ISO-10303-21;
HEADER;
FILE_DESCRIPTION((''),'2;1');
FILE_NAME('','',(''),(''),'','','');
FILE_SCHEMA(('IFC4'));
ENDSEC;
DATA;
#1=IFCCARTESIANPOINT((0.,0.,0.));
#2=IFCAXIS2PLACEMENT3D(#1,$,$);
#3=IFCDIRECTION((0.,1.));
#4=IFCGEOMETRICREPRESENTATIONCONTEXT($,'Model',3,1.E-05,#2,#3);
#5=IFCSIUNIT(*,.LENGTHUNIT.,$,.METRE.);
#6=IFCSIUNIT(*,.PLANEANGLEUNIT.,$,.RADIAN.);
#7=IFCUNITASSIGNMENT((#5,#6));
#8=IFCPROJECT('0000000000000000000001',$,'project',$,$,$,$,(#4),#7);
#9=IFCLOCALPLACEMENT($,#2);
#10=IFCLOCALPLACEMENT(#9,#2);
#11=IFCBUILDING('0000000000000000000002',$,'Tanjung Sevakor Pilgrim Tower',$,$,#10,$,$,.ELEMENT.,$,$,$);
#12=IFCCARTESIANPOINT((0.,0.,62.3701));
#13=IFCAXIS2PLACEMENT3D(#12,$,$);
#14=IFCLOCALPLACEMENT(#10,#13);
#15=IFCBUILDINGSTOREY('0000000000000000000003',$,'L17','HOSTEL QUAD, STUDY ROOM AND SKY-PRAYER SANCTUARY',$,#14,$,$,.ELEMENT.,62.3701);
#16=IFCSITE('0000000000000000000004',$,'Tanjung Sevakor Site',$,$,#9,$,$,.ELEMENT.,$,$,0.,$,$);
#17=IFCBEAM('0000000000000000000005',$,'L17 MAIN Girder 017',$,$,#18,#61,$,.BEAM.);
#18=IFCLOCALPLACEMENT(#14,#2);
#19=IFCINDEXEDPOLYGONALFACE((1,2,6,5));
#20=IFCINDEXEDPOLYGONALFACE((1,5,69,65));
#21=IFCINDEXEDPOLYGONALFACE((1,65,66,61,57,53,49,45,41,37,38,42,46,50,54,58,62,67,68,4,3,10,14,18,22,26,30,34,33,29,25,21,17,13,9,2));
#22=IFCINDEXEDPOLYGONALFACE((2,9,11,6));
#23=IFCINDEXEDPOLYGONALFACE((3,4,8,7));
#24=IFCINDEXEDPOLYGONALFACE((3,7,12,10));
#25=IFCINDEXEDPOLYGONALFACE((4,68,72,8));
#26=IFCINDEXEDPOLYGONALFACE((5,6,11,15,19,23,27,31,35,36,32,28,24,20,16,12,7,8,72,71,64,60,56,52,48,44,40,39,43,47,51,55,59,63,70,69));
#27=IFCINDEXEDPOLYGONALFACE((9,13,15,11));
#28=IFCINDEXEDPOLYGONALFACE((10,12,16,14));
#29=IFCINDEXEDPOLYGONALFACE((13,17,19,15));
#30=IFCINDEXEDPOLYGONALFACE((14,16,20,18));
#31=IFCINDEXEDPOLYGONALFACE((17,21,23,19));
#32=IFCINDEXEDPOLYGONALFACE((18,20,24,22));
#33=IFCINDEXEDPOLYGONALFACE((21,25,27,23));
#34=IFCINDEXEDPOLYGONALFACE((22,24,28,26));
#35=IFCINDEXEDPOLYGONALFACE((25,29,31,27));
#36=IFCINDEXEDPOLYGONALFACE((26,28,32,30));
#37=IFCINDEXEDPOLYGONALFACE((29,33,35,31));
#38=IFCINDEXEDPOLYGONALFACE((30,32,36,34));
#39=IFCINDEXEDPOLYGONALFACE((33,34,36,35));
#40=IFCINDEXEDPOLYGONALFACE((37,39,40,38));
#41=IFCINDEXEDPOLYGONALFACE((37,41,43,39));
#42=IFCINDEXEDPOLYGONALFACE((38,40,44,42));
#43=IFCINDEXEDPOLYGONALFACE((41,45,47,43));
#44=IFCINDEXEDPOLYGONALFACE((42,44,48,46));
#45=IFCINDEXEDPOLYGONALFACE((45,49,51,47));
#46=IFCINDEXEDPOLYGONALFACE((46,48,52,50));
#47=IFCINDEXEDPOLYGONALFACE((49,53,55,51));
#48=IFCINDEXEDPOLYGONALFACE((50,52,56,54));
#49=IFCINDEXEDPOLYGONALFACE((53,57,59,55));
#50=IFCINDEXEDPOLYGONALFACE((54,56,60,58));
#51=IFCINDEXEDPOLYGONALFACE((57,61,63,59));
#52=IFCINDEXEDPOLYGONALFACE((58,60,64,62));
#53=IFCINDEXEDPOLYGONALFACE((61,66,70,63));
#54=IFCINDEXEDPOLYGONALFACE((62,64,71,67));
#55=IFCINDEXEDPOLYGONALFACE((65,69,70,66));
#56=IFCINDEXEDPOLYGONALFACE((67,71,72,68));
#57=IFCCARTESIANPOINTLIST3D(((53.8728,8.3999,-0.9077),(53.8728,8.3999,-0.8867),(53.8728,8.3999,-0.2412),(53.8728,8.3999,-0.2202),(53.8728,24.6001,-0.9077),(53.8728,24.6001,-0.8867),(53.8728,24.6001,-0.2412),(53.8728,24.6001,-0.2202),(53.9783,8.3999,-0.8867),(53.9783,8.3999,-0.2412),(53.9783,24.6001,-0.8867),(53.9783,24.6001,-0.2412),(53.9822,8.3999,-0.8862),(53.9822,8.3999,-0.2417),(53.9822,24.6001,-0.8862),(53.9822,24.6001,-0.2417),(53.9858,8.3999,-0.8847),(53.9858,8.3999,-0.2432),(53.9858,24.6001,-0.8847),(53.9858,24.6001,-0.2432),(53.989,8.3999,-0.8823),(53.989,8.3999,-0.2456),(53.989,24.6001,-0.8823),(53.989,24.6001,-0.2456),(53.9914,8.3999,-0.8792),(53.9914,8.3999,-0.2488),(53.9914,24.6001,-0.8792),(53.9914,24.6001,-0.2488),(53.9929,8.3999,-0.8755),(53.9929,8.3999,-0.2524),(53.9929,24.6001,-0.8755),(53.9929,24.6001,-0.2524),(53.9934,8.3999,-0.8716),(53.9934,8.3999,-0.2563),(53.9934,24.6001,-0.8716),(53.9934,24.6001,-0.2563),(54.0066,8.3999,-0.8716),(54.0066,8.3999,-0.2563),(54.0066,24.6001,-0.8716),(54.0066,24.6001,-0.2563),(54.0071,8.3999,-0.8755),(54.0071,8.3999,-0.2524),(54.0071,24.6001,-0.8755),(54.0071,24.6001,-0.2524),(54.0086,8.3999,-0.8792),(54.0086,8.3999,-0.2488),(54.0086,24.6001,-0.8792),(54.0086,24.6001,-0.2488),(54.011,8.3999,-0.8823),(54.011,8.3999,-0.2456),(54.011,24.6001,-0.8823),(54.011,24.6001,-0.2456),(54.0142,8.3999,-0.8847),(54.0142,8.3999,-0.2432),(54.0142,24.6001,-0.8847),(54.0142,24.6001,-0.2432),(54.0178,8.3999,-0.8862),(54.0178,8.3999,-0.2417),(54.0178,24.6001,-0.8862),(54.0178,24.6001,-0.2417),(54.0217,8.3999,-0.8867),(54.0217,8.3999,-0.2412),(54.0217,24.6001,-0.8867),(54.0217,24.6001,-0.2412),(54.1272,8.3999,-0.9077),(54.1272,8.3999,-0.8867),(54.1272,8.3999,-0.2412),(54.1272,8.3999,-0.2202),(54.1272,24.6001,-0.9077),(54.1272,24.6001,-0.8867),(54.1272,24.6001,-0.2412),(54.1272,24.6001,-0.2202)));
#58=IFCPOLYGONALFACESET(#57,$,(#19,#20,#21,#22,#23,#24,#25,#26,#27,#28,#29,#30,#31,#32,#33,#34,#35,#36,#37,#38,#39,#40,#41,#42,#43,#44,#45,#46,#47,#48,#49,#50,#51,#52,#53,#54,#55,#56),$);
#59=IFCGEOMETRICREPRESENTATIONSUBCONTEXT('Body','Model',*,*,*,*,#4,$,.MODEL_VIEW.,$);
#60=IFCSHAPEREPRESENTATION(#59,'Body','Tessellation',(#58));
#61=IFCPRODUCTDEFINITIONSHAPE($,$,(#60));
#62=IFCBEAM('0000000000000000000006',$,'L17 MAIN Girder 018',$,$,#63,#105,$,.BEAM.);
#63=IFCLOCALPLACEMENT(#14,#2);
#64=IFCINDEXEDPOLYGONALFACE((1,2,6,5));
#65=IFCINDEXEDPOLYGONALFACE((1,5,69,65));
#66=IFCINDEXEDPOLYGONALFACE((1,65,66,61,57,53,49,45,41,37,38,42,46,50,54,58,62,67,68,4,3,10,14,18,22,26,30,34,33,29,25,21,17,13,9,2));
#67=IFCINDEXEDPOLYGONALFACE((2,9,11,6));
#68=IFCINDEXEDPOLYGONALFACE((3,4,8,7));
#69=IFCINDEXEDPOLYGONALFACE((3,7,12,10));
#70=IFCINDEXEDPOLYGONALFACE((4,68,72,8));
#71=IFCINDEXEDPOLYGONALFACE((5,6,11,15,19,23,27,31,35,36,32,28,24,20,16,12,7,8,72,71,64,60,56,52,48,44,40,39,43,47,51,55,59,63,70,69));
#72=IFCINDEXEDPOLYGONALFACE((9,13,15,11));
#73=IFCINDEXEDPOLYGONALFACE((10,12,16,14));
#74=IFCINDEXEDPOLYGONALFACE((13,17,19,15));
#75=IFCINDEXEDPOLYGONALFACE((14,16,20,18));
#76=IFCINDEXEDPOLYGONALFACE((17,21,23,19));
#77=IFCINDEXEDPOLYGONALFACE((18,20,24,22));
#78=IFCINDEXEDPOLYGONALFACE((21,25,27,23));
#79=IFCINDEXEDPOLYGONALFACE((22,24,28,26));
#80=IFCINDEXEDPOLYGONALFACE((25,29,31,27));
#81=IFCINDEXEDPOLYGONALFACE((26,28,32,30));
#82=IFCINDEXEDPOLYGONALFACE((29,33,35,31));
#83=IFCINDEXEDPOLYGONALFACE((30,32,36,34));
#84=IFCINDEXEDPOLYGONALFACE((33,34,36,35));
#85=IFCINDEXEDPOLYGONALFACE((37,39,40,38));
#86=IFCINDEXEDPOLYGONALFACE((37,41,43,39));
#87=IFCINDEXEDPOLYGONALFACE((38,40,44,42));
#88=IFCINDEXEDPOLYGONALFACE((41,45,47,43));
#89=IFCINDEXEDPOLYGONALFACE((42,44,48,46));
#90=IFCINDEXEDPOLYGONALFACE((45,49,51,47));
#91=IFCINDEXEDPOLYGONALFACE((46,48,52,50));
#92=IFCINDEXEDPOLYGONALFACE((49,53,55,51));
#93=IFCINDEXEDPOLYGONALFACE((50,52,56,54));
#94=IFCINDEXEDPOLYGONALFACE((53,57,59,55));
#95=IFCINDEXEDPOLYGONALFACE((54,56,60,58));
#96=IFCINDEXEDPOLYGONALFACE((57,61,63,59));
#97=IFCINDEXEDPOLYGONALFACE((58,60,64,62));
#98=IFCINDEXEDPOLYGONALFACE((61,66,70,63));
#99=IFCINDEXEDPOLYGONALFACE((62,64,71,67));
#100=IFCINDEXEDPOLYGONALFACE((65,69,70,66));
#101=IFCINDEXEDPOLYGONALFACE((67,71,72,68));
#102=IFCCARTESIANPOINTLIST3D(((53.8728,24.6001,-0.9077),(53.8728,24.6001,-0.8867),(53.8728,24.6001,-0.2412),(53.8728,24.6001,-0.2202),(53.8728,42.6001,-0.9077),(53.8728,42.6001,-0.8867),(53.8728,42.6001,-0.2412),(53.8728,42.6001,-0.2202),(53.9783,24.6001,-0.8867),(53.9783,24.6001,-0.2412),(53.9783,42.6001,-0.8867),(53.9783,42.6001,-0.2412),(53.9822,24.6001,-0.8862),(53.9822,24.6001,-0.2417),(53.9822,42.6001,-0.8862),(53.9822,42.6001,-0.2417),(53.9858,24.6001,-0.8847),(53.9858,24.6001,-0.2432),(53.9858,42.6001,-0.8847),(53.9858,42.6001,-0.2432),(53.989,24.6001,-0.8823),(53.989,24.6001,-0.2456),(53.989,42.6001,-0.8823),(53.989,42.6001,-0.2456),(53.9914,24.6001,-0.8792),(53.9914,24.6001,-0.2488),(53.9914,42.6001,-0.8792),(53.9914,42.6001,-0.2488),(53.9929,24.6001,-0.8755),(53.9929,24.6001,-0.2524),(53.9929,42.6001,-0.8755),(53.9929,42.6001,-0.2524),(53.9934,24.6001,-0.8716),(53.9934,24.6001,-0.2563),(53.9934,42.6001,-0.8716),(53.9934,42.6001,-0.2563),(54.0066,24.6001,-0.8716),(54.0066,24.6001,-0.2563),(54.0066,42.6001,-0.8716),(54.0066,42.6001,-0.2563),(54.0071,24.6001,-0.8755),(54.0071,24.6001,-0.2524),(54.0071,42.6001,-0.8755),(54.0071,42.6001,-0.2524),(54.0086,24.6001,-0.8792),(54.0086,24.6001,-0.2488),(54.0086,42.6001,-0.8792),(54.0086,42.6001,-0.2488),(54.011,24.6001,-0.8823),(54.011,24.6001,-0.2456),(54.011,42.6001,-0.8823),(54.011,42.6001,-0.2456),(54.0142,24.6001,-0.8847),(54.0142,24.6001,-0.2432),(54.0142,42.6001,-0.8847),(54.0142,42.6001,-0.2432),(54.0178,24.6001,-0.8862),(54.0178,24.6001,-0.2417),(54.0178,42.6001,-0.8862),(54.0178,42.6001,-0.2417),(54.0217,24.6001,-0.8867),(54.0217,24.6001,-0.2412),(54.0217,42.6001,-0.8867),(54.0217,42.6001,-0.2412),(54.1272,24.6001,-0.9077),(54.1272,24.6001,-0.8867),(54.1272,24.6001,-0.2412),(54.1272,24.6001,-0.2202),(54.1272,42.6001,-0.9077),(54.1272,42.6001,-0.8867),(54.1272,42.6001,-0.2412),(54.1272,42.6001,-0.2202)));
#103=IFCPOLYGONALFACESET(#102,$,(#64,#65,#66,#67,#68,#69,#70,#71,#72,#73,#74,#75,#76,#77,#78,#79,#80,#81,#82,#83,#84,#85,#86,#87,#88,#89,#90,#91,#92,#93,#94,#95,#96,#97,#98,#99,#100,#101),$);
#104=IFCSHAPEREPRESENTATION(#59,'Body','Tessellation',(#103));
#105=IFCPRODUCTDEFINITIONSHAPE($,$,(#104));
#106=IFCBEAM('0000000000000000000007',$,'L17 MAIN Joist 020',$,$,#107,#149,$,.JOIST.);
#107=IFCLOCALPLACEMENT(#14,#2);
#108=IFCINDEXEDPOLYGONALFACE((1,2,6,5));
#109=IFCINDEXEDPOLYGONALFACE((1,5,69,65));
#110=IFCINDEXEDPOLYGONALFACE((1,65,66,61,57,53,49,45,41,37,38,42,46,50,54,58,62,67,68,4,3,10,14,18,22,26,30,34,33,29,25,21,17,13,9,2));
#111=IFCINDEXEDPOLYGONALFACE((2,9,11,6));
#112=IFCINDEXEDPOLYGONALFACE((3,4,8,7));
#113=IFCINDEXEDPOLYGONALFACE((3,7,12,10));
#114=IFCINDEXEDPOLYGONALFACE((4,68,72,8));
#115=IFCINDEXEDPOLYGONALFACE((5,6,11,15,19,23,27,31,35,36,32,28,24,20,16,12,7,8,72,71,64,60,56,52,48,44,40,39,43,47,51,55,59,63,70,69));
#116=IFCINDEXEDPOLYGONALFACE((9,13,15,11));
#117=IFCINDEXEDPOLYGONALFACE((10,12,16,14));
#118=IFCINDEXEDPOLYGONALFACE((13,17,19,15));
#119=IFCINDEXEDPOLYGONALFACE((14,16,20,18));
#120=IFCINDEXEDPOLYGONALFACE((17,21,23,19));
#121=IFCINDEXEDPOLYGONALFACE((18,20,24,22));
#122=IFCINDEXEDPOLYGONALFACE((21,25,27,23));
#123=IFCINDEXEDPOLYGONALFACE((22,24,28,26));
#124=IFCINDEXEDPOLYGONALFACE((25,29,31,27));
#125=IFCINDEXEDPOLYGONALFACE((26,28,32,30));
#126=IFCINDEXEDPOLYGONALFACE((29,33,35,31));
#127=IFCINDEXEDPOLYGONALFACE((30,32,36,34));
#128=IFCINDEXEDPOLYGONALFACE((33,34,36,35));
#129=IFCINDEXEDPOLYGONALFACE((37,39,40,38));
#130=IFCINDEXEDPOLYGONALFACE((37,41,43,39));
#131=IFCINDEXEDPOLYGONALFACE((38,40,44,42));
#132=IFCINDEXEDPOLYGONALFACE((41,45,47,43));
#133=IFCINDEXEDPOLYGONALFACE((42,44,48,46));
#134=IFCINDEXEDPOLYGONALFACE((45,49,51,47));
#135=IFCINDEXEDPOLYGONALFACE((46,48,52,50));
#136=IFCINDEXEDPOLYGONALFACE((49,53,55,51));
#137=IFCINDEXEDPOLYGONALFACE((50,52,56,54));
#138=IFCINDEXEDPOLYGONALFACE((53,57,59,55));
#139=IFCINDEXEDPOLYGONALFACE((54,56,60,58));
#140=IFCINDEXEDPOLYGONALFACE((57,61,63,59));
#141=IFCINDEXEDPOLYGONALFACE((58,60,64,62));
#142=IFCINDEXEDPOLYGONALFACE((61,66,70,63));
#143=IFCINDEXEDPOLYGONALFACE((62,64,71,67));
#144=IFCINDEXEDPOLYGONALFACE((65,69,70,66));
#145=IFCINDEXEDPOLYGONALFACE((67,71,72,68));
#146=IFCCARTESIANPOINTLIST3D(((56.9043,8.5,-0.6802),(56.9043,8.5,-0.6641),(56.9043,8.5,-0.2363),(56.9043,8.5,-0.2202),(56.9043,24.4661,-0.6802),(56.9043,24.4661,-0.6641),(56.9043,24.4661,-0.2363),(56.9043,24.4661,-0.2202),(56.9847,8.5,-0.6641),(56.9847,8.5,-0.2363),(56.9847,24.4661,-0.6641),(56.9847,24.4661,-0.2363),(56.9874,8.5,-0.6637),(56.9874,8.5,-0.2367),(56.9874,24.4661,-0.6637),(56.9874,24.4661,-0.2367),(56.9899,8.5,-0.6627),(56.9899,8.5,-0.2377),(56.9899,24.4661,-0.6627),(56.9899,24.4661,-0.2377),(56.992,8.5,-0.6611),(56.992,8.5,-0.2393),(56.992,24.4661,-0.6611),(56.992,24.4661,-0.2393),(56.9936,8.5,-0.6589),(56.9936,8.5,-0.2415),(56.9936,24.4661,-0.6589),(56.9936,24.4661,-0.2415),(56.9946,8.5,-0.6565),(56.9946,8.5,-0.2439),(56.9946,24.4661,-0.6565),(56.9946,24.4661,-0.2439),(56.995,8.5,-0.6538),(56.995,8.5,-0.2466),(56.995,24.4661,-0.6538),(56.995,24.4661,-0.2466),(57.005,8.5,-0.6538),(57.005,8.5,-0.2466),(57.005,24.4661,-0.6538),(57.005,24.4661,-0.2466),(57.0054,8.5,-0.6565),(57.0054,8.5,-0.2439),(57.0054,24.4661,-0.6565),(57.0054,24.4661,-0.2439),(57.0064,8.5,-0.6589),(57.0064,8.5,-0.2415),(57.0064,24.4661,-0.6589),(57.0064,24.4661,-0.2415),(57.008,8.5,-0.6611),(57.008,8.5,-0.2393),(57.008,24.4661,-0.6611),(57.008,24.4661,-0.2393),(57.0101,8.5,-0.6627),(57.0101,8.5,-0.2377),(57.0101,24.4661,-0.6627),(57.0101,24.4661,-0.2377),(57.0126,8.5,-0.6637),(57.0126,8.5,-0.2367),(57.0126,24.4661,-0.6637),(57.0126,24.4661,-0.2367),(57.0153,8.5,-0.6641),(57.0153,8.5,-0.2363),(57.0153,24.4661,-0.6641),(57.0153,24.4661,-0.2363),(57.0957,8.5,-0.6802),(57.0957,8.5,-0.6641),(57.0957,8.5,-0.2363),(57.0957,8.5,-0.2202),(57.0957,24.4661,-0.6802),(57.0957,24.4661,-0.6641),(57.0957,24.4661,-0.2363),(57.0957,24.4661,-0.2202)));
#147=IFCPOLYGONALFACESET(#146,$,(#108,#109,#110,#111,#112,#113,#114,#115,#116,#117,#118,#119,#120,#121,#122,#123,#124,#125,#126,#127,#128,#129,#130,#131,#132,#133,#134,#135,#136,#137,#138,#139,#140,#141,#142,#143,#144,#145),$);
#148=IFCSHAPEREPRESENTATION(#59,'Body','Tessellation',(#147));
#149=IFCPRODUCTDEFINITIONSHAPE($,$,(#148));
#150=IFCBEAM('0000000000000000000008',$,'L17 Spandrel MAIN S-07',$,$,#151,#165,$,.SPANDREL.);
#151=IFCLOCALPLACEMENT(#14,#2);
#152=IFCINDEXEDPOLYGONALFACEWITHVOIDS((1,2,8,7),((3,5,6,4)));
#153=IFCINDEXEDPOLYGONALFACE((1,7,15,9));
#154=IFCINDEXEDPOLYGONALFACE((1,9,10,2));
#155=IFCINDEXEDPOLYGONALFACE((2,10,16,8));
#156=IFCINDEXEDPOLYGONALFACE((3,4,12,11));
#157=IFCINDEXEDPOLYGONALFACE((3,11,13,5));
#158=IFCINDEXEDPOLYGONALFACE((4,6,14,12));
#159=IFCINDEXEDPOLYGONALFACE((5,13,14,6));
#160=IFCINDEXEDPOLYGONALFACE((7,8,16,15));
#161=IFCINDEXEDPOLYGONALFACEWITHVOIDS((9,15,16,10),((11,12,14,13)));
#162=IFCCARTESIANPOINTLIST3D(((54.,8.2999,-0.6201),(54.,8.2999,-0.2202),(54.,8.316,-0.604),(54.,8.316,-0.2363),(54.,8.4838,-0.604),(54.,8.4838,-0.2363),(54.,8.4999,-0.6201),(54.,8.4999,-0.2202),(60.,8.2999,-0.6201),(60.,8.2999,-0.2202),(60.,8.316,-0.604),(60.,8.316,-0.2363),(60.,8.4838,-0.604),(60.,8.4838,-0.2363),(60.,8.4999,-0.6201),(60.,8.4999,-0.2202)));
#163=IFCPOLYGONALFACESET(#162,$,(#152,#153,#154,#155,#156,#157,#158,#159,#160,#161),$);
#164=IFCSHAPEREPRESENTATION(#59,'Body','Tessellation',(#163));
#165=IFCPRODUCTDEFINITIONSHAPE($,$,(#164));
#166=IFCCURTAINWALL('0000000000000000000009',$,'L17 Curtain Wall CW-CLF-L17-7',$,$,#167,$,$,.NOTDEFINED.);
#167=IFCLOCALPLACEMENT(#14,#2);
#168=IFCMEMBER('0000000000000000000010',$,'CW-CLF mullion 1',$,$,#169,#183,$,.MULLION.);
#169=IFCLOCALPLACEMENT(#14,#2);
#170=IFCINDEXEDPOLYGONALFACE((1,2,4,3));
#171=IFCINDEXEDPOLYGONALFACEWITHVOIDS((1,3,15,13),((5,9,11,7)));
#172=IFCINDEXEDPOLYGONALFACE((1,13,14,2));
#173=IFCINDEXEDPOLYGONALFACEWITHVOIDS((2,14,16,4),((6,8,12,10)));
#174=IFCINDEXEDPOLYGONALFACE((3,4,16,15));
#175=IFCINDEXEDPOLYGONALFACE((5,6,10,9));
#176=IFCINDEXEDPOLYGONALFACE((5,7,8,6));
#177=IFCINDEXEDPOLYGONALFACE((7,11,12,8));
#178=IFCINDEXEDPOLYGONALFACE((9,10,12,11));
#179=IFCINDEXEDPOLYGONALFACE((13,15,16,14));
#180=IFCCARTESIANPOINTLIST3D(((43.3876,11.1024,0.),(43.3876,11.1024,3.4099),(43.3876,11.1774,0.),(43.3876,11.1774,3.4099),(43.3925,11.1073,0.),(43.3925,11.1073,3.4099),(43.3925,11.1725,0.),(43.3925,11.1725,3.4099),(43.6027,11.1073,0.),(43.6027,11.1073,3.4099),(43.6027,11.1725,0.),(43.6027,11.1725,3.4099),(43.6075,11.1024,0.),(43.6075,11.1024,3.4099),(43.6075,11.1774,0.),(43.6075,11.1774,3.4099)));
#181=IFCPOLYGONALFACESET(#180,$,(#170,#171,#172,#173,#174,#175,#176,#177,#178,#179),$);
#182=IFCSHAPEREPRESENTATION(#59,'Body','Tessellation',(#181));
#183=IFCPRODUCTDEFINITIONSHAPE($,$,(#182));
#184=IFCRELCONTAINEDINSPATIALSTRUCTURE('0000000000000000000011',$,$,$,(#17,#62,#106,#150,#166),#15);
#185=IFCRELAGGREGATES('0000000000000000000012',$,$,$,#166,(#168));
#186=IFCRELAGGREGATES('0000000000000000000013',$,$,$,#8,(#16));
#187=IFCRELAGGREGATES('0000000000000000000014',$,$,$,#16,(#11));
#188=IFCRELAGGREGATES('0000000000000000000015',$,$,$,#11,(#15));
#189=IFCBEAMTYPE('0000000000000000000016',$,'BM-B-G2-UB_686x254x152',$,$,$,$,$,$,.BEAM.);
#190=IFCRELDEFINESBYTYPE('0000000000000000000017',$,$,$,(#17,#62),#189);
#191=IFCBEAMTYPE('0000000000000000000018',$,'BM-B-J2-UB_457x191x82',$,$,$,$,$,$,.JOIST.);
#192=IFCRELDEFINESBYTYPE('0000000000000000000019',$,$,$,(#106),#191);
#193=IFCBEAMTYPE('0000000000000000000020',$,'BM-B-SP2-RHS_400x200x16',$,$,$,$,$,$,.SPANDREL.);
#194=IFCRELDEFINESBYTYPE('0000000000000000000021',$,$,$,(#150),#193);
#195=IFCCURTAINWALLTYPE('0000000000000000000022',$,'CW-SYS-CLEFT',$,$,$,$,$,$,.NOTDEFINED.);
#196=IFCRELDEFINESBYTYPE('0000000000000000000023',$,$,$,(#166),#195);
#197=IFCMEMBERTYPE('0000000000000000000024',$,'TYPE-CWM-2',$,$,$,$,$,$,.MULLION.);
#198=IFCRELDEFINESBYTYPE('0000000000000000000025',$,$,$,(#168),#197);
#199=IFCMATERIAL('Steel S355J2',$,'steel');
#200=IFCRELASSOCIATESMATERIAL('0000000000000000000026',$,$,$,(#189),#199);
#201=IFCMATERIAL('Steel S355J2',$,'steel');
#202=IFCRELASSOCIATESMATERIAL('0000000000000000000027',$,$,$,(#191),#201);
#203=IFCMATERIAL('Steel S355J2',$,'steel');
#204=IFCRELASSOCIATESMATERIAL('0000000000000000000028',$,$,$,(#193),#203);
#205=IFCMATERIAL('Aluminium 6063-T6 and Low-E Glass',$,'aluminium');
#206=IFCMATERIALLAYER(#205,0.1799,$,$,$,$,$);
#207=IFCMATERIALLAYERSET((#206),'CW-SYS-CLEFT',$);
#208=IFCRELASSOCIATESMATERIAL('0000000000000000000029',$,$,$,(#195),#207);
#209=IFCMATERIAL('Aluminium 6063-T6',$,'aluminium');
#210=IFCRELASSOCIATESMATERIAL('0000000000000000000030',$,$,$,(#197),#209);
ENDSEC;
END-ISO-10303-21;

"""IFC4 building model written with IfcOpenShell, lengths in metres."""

from ifc_helpers import new_model, si_unit, direction, frame, origin, origin_2d, place, context, subcontext, project, spatial, hollow_rectangle, i_section, extrude, material, layer, layer_set, material_profile, profile_set, type_object, element, aggregate, save


model = new_model("IFC4")

# Units and contexts
model_context = context("Model", 3, precision=1e-05, world=origin(), true_north=direction((0.0, 1.0)))
body_context = subcontext(model_context, "Body", "Model", "MODEL_VIEW")
ifc_project = project(units=[si_unit("LENGTHUNIT", "METRE"), si_unit("PLANEANGLEUNIT", "RADIAN")], contexts=[model_context])

# Site, building, storey
site_placement = place(None, origin())
site = spatial("IfcSite", under=ifc_project, at=site_placement, Name="Tanjung Sevakor Site", CompositionType="ELEMENT", RefElevation=0.0)
building_placement = place(site_placement, origin())
building = spatial("IfcBuilding", under=site, at=building_placement, Name="Tanjung Sevakor Pilgrim Tower", CompositionType="ELEMENT")
storey_placement = place(building_placement, frame((0.0, 0.0, 62.3701)))
storey = spatial("IfcBuildingStorey", under=building, at=storey_placement, Name="L17", Description="HOSTEL QUAD, STUDY ROOM AND SKY-PRAYER SANCTUARY", CompositionType="ELEMENT", Elevation=62.3701)

# Beams
ifc_material_1 = material(Name="Steel S355J2", Category="steel")
ifc_material_profile_1 = material_profile(ifc_material_1, i_section(OverallWidth=0.2544, OverallDepth=0.6875, WebThickness=0.0132, FlangeThickness=0.021, FilletRadius=0.0151, at=origin_2d()))
ifc_profile_set_1 = profile_set([ifc_material_profile_1], Name="Steel S355J2")
beam_type_1 = type_object("IfcBeamType", Name="BM-B-G2-UB_686x254x152", PredefinedType="BEAM", material=ifc_profile_set_1)
beam_1_placement = place(storey_placement, frame((54.0, 8.3999, -0.564), z_axis=(0.0, 1.0, 0.0), x_axis=(-1.0, 0.0, 0.0)))
element("IfcBeam", 1, at=beam_1_placement, inside=storey, type_object=beam_type_1, Name="L17 MAIN Girder 017", PredefinedType="BEAM", context=body_context, shape_type="SweptSolid", body=[
    extrude(i_section(OverallWidth=0.2544, OverallDepth=0.6875, WebThickness=0.0132, FlangeThickness=0.021, FilletRadius=0.0151, at=origin_2d()), origin(), (0.0, 0.0, 1.0), 16.2002),
])
beam_2_placement = place(storey_placement, frame((54.0, 24.6001, -0.564), z_axis=(0.0, 1.0, 0.0), x_axis=(-1.0, 0.0, 0.0)))
element("IfcBeam", 2, at=beam_2_placement, inside=storey, type_object=beam_type_1, Name="L17 MAIN Girder 018", PredefinedType="BEAM", context=body_context, shape_type="SweptSolid", body=[
    extrude(i_section(OverallWidth=0.2544, OverallDepth=0.6875, WebThickness=0.0132, FlangeThickness=0.021, FilletRadius=0.0151, at=origin_2d()), origin(), (0.0, 0.0, 1.0), 18.0),
])
ifc_material_2 = material(Name="Steel S355J2", Category="steel")
ifc_material_profile_2 = material_profile(ifc_material_2, i_section(OverallWidth=0.1914, OverallDepth=0.46, WebThickness=0.01, FlangeThickness=0.0161, FilletRadius=0.0103, at=origin_2d()))
ifc_profile_set_2 = profile_set([ifc_material_profile_2], Name="Steel S355J2")
beam_type_2 = type_object("IfcBeamType", Name="BM-B-J2-UB_457x191x82", PredefinedType="JOIST", material=ifc_profile_set_2)
beam_3_placement = place(storey_placement, frame((57.0, 8.5, -0.4502), z_axis=(0.0, 1.0, 0.0), x_axis=(-1.0, 0.0, 0.0)))
element("IfcBeam", 3, at=beam_3_placement, inside=storey, type_object=beam_type_2, Name="L17 MAIN Joist 020", PredefinedType="JOIST", context=body_context, shape_type="SweptSolid", body=[
    extrude(i_section(OverallWidth=0.1914, OverallDepth=0.46, WebThickness=0.01, FlangeThickness=0.0161, FilletRadius=0.0103, at=origin_2d()), origin(), (0.0, 0.0, 1.0), 15.9661),
])
ifc_material_3 = material(Name="Steel S355J2", Category="steel")
ifc_material_profile_3 = material_profile(ifc_material_3, hollow_rectangle(XDim=0.2, YDim=0.3999, WallThickness=0.0161, at=origin_2d()))
ifc_profile_set_3 = profile_set([ifc_material_profile_3], Name="Steel S355J2")
beam_type_3 = type_object("IfcBeamType", Name="BM-B-SP2-RHS_400x200x16", PredefinedType="SPANDREL", material=ifc_profile_set_3)
beam_4_placement = place(storey_placement, frame((54.0, 8.3999, -0.4202), z_axis=(1.0, 0.0, 0.0), x_axis=(0.0, 1.0, 0.0)))
element("IfcBeam", 4, at=beam_4_placement, inside=storey, type_object=beam_type_3, Name="L17 Spandrel MAIN S-07", PredefinedType="SPANDREL", context=body_context, shape_type="SweptSolid", body=[
    extrude(hollow_rectangle(XDim=0.2, YDim=0.3999, WallThickness=0.0161, at=origin_2d()), origin(), (0.0, 0.0, 1.0), 6.0),
])

# Curtain wall, member
ifc_material_4 = material(Name="Aluminium 6063-T6 and Low-E Glass", Category="aluminium")
ifc_layer_1 = layer(ifc_material_4, 0.1799)
ifc_layer_set_1 = layer_set([ifc_layer_1], Name="CW-SYS-CLEFT")
curtain_wall_type_1 = type_object("IfcCurtainWallType", Name="CW-SYS-CLEFT", PredefinedType="NOTDEFINED", material=ifc_layer_set_1)
curtain_wall_1_placement = place(storey_placement, origin())
curtain_wall_1 = element("IfcCurtainWall", 5, at=curtain_wall_1_placement, inside=storey, type_object=curtain_wall_type_1, Name="L17 Curtain Wall CW-CLF-L17-7", PredefinedType="NOTDEFINED")
ifc_material_5 = material(Name="Aluminium 6063-T6", Category="aluminium")
ifc_material_profile_4 = material_profile(ifc_material_5, hollow_rectangle(XDim=0.075, YDim=0.22, WallThickness=0.0049, at=origin_2d()))
ifc_profile_set_4 = profile_set([ifc_material_profile_4], Name="Aluminium 6063-T6")
member_type_1 = type_object("IfcMemberType", Name="TYPE-CWM-2", PredefinedType="MULLION", material=ifc_profile_set_4)
member_1_placement = place(storey_placement, frame((43.4976, 11.1399, 0.0), z_axis=(0.0, 0.0, 1.0), x_axis=(0.0, 1.0, 0.0)))
member_1 = element("IfcMember", 6, at=member_1_placement, type_object=member_type_1, Name="CW-CLF mullion 1", PredefinedType="MULLION", context=body_context, shape_type="SweptSolid", body=[
    extrude(hollow_rectangle(XDim=0.075, YDim=0.22, WallThickness=0.0049, at=origin_2d()), origin(), (0.0, 0.0, 1.0), 3.4099),
])

aggregate(curtain_wall_1, [member_1])

save(model, "model.ifc")
